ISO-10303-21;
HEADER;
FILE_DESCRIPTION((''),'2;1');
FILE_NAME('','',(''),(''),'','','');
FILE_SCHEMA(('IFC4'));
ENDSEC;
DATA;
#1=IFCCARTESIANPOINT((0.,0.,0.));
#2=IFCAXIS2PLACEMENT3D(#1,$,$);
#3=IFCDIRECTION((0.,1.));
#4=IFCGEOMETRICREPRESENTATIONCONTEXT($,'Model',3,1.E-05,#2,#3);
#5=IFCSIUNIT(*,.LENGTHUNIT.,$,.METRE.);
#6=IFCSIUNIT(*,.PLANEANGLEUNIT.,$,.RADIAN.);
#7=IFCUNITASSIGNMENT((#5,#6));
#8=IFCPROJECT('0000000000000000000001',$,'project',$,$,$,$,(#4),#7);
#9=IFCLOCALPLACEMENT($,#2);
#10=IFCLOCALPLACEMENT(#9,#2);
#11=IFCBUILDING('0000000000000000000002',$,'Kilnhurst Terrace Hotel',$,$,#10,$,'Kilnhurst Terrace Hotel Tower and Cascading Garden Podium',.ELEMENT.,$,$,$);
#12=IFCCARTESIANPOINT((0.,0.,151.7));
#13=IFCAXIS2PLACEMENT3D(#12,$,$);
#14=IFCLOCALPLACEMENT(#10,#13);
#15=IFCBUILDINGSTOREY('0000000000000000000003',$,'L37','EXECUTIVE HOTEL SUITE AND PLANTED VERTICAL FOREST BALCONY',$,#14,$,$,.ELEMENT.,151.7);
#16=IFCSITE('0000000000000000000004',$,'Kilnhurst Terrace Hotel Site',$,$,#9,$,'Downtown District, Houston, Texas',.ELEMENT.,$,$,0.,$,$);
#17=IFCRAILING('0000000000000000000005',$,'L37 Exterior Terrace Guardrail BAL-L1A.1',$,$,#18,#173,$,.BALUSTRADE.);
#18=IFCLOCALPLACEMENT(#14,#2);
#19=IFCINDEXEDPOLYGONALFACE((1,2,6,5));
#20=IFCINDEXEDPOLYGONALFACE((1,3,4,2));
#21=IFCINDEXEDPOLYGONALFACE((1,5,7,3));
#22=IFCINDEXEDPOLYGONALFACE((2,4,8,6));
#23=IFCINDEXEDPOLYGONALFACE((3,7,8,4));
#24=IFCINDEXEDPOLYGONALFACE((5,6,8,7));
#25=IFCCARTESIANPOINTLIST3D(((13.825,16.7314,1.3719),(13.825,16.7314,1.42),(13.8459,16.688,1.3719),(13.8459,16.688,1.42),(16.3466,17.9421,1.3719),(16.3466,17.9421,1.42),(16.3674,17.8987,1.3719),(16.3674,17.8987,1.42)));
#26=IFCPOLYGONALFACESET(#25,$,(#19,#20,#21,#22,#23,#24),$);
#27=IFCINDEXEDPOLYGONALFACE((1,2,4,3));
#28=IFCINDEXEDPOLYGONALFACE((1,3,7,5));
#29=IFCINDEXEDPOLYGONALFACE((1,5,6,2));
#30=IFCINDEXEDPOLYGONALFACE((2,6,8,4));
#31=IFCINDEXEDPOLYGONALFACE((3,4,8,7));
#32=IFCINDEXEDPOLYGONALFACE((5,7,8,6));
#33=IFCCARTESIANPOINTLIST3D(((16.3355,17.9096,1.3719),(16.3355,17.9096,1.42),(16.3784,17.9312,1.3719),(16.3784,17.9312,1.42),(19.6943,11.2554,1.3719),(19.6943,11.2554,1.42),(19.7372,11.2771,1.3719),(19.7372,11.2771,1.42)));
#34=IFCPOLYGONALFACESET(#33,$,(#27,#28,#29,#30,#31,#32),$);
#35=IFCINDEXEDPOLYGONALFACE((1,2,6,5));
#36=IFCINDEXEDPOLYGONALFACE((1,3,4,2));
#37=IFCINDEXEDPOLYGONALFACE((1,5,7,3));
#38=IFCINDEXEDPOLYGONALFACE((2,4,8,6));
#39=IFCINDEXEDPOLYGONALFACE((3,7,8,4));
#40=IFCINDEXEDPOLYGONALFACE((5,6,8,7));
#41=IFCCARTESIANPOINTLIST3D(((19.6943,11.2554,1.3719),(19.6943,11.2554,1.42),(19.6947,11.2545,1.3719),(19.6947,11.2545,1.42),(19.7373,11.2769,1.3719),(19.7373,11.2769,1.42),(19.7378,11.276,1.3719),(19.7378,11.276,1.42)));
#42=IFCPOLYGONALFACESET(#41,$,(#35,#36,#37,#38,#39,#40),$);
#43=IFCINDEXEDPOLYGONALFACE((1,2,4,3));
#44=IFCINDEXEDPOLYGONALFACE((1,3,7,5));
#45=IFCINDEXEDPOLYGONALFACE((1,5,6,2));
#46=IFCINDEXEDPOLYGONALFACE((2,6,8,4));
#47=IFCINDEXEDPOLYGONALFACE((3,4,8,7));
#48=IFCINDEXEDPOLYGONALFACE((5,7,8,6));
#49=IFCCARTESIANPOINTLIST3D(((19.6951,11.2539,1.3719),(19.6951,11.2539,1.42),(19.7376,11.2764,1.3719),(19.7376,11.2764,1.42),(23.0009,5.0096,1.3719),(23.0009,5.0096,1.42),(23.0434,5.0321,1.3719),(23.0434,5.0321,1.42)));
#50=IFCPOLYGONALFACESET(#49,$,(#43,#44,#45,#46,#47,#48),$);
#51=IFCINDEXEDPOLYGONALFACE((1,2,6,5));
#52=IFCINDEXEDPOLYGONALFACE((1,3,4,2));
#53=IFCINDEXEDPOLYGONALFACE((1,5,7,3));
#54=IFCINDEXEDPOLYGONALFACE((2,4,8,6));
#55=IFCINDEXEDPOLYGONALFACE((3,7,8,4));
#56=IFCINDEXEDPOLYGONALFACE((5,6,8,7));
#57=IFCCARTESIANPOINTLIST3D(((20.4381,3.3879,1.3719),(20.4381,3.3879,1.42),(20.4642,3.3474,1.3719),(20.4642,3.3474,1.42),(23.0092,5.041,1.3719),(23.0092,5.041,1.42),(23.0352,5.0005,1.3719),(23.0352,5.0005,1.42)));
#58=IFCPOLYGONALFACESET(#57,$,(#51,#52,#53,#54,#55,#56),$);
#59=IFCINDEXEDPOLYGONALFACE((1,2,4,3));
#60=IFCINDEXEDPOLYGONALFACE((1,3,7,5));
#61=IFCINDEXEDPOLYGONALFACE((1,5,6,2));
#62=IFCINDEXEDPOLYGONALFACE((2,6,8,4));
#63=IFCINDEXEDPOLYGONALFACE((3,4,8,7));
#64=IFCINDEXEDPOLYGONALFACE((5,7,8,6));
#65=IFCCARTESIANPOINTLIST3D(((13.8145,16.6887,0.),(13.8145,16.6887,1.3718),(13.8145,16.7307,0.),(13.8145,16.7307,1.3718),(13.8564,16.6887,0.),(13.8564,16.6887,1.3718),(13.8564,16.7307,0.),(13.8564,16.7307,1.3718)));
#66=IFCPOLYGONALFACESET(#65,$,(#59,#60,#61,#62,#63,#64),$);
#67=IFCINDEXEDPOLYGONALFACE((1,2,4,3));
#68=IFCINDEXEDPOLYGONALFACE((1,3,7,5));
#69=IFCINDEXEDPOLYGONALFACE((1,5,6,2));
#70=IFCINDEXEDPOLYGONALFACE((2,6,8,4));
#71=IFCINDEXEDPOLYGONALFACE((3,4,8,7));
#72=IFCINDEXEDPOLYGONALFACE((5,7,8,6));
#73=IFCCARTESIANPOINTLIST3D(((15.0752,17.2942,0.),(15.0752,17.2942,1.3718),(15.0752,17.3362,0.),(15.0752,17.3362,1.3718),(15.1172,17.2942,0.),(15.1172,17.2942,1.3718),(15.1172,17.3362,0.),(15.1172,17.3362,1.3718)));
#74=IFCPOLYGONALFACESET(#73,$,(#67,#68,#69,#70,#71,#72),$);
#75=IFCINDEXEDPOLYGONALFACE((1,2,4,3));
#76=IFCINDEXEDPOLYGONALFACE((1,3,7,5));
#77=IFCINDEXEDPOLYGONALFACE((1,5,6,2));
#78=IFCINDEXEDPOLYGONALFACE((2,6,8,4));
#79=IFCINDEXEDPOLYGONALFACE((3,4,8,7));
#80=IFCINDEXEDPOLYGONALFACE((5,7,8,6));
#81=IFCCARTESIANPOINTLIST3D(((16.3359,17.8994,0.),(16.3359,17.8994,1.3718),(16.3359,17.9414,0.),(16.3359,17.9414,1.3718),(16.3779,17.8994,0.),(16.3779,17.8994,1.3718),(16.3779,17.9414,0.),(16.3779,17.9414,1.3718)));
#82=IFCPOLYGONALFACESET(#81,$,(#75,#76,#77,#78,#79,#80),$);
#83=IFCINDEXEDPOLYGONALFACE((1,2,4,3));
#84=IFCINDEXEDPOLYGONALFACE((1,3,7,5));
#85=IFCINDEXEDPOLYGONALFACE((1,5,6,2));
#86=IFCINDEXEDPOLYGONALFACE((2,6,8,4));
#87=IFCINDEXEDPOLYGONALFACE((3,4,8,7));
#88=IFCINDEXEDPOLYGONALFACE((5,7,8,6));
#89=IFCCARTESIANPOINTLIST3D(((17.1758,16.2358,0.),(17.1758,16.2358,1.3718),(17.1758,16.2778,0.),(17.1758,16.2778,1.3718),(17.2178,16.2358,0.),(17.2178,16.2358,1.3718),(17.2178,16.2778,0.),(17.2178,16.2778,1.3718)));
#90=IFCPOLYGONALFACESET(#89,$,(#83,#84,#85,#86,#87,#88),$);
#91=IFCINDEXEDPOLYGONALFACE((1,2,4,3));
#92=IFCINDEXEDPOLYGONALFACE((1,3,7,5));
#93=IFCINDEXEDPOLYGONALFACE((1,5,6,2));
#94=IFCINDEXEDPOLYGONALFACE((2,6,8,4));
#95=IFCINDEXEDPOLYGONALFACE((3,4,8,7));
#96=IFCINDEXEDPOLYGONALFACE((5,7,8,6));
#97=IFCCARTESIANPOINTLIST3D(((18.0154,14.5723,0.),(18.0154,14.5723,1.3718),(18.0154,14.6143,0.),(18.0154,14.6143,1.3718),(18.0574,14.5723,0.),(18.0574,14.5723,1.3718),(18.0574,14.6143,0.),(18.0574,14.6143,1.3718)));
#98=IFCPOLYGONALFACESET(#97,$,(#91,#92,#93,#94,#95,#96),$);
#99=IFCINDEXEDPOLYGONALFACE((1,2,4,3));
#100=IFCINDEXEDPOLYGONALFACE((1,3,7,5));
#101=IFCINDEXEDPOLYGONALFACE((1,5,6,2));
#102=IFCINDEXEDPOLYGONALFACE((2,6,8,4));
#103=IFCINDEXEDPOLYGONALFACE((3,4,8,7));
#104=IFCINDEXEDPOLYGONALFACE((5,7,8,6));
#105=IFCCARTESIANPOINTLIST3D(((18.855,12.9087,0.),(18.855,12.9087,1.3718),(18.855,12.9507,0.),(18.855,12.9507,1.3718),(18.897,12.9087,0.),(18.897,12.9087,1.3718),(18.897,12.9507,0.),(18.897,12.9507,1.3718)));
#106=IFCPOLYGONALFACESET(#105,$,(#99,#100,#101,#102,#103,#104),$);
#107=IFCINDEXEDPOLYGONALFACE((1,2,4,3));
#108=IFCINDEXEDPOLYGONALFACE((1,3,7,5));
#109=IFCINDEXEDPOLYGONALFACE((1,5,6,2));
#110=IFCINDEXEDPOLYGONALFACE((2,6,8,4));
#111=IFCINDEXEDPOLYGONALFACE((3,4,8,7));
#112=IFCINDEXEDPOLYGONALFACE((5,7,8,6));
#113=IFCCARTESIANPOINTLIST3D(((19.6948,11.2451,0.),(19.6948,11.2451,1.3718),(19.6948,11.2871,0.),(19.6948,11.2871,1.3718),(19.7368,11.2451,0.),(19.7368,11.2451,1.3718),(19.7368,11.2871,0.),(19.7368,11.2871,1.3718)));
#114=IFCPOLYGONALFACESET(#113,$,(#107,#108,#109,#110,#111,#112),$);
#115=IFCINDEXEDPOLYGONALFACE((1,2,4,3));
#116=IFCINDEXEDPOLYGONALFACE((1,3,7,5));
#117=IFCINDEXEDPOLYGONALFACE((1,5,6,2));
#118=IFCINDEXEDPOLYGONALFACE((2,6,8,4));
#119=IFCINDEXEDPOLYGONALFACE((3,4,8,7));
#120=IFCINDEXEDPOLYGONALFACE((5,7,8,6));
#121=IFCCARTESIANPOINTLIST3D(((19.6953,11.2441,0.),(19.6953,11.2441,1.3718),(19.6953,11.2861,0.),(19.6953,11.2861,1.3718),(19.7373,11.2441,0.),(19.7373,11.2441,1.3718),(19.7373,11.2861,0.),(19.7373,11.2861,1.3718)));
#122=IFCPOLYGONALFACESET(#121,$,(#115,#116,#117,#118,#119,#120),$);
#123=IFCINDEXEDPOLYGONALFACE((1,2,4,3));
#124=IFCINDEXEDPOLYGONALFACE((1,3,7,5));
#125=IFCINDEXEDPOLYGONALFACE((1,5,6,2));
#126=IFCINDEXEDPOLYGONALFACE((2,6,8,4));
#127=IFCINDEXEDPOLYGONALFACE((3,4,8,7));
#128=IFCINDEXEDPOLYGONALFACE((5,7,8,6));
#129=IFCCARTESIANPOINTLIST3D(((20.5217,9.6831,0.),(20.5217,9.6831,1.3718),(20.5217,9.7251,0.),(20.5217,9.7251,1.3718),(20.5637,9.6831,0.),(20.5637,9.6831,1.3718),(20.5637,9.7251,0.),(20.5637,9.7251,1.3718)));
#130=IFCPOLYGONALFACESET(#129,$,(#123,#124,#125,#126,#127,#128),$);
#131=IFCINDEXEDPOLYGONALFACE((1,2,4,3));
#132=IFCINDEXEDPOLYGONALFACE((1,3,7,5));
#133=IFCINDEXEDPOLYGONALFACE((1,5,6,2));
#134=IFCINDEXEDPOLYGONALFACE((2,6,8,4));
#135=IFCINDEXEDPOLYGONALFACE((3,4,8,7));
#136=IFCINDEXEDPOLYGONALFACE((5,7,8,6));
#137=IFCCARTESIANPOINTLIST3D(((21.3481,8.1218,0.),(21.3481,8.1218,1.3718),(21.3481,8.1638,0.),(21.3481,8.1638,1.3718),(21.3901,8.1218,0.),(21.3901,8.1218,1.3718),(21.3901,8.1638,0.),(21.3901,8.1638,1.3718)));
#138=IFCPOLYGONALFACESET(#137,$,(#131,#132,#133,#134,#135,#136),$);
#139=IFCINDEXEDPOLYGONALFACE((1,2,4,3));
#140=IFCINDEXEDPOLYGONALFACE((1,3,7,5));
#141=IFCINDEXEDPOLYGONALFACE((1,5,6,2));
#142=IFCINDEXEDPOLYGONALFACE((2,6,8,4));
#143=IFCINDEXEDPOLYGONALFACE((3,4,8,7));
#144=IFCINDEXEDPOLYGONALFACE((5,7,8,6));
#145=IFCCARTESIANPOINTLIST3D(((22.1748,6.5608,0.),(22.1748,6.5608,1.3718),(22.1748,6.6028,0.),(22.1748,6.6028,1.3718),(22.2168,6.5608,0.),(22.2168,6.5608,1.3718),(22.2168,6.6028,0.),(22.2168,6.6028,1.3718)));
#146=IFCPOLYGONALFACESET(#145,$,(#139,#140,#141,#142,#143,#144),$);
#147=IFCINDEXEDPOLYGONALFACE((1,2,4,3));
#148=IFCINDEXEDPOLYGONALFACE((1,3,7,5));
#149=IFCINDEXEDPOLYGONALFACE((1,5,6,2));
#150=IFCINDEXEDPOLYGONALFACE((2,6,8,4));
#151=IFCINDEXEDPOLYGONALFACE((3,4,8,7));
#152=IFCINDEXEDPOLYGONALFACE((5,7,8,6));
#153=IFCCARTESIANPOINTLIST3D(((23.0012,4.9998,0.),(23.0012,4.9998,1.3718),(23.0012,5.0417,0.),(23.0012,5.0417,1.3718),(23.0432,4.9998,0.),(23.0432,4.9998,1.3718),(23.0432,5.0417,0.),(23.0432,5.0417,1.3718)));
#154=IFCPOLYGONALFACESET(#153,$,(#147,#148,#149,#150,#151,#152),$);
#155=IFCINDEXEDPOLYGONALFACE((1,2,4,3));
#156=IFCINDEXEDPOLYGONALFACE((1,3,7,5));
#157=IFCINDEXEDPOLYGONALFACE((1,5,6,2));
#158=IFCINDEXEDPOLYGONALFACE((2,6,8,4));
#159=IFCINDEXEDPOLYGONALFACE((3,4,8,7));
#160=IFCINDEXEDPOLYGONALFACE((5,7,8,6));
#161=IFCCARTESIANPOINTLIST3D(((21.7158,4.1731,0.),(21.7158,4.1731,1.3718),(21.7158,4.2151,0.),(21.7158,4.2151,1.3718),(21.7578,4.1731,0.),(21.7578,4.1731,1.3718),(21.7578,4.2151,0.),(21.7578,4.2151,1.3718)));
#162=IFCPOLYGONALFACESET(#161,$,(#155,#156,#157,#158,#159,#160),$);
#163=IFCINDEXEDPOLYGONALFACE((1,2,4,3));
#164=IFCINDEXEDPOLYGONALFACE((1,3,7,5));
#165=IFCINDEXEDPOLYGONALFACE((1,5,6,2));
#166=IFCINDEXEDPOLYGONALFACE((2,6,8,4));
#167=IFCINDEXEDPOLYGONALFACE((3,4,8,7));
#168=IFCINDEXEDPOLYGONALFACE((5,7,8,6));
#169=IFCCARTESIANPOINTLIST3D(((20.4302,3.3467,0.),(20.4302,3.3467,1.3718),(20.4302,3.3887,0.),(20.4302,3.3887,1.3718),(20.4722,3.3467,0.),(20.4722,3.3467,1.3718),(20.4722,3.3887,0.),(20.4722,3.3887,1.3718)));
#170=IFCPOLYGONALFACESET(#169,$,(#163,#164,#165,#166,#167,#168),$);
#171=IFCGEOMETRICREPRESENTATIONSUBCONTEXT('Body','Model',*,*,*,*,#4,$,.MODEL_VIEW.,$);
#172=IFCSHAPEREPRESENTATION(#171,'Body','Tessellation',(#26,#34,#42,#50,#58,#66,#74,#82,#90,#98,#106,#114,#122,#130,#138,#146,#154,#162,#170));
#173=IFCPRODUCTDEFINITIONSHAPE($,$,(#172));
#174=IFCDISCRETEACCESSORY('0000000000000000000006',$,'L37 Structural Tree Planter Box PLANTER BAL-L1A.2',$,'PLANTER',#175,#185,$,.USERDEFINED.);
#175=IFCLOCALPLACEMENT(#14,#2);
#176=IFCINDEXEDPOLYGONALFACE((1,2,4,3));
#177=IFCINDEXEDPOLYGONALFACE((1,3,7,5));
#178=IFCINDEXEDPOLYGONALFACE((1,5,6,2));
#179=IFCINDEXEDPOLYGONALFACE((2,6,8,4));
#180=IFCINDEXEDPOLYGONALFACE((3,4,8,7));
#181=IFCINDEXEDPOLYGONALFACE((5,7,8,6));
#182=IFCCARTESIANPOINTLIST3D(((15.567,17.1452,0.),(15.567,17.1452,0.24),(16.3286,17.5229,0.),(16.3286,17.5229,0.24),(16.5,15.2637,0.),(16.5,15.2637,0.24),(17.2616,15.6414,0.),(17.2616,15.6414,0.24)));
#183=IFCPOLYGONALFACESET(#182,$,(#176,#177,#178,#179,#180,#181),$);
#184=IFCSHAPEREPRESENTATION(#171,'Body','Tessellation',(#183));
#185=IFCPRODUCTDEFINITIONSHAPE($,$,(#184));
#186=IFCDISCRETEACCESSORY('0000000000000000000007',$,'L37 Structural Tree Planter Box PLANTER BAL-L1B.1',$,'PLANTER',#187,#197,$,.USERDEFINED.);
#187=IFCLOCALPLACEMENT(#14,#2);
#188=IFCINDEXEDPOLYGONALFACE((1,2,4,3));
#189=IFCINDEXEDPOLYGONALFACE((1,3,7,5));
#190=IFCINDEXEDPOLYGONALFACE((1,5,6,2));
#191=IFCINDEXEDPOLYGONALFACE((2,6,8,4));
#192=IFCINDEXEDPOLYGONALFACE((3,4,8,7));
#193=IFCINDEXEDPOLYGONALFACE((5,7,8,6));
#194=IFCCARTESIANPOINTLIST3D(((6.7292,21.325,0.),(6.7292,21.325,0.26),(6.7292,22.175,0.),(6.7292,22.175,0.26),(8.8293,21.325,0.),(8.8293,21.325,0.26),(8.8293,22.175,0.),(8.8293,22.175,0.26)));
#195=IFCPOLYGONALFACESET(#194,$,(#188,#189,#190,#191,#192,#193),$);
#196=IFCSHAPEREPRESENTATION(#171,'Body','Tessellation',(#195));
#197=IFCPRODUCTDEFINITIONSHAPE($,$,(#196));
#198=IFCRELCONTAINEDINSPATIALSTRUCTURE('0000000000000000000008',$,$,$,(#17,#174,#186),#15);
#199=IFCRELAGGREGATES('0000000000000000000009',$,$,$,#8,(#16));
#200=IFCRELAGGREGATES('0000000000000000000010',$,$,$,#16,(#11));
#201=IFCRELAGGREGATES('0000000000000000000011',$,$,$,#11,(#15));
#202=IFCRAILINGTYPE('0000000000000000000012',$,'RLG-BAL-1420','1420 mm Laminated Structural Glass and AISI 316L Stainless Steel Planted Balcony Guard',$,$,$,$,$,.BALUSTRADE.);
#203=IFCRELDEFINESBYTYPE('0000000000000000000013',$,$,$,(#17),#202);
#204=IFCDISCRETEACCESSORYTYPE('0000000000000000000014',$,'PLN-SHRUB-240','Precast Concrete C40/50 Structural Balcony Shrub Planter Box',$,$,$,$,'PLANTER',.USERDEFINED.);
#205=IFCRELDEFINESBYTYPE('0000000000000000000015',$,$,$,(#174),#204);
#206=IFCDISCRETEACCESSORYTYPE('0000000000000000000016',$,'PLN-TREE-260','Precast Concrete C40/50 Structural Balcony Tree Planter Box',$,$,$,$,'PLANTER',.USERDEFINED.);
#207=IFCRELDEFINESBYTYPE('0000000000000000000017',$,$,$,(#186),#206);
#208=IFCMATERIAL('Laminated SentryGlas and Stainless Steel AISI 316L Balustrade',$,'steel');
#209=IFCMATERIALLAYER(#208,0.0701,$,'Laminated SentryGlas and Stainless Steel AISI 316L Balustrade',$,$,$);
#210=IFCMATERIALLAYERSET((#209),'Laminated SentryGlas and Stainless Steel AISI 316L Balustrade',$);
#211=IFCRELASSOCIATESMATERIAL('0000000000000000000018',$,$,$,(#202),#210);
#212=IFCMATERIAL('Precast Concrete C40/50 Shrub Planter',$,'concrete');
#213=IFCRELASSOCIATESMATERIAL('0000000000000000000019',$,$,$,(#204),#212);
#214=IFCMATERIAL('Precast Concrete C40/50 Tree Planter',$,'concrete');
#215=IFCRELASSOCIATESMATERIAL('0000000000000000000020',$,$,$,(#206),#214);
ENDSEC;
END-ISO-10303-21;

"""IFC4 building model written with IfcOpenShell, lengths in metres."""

from ifc_helpers import new_model, si_unit, direction, frame, origin, origin_2d, place, context, subcontext, project, spatial, rectangle, extrude, material, layer, layer_set, type_object, element, save


model = new_model("IFC4")

# Units and contexts
model_context = context("Model", 3, precision=1e-05, world=origin(), true_north=direction((0.0, 1.0)))
body_context = subcontext(model_context, "Body", "Model", "MODEL_VIEW")
ifc_project = project(units=[si_unit("LENGTHUNIT", "METRE"), si_unit("PLANEANGLEUNIT", "RADIAN")], contexts=[model_context])

# Site, building, storey
site_placement = place(None, origin())
site = spatial("IfcSite", under=ifc_project, at=site_placement, Name="Kilnhurst Terrace Hotel Site", LongName="Downtown District, Houston, Texas", CompositionType="ELEMENT", RefElevation=0.0)
building_placement = place(site_placement, origin())
building = spatial("IfcBuilding", under=site, at=building_placement, Name="Kilnhurst Terrace Hotel", LongName="Kilnhurst Terrace Hotel Tower and Cascading Garden Podium", CompositionType="ELEMENT")
storey_placement = place(building_placement, frame((0.0, 0.0, 151.7)))
storey = spatial("IfcBuildingStorey", under=building, at=storey_placement, Name="L37", Description="EXECUTIVE HOTEL SUITE AND PLANTED VERTICAL FOREST BALCONY", CompositionType="ELEMENT", Elevation=151.7)

# Railing
ifc_material_1 = material(Name="Laminated SentryGlas and Stainless Steel AISI 316L Balustrade", Category="steel")
ifc_layer_1 = layer(ifc_material_1, 0.0701, Name="Laminated SentryGlas and Stainless Steel AISI 316L Balustrade")
ifc_layer_set_1 = layer_set([ifc_layer_1], Name="Laminated SentryGlas and Stainless Steel AISI 316L Balustrade")
railing_type = type_object("IfcRailingType", Name="RLG-BAL-1420", Description="1420 mm Laminated Structural Glass and AISI 316L Stainless Steel Planted Balcony Guard", PredefinedType="BALUSTRADE", material=ifc_layer_set_1)
railing_placement = place(storey_placement, frame((13.8354, 16.7097, 0.0)))
element("IfcRailing", 1, at=railing_placement, inside=storey, type_object=railing_type, Name="L37 Exterior Terrace Guardrail BAL-L1A.1", PredefinedType="BALUSTRADE", context=body_context, shape_type="SweptSolid", body=[
    extrude(rectangle(XDim=0.0481, YDim=0.0481, at=origin_2d()), frame((0.0, 0.0, 1.396), z_axis=(0.90147, 0.432842, 0.0), x_axis=(-0.432842, 0.90147, 0.0)), (0.0, 0.0, 1.0), 2.7971),
    extrude(rectangle(XDim=0.0481, YDim=0.0481, at=origin_2d()), frame((2.5215, 1.2107, 1.396), z_axis=(0.450617, -0.892718, 0.0), x_axis=(0.892718, 0.450617, 0.0)), (0.0, 0.0, 1.0), 7.4539),
    extrude(rectangle(XDim=0.0481, YDim=0.0481, at=origin_2d()), frame((5.8804, -5.4436, 1.396), z_axis=(0.447214, -0.894427, 0.0), x_axis=(0.894427, 0.447214, 0.0)), (0.0, 0.0, 1.0), 0.001),
    extrude(rectangle(XDim=0.0481, YDim=0.0481, at=origin_2d()), frame((5.8809, -5.4446, 1.396), z_axis=(0.467894, -0.883785, 0.0), x_axis=(0.883785, 0.467894, 0.0)), (0.0, 0.0, 1.0), 7.0654),
    extrude(rectangle(XDim=0.0481, YDim=0.0481, at=origin_2d()), frame((9.1868, -11.689, 1.396), z_axis=(-0.84114, -0.540818, 0.0), x_axis=(0.540818, -0.84114, 0.0)), (0.0, 0.0, 1.0), 3.0566),
    extrude(rectangle(XDim=0.042, YDim=0.042, at=origin_2d()), origin(), (0.0, 0.0, 1.0), 1.3718),
    extrude(rectangle(XDim=0.042, YDim=0.042, at=origin_2d()), frame((1.2607, 0.6055, 0.0)), (0.0, 0.0, 1.0), 1.3718),
    extrude(rectangle(XDim=0.042, YDim=0.042, at=origin_2d()), frame((2.5215, 1.2107, 0.0)), (0.0, 0.0, 1.0), 1.3718),
    extrude(rectangle(XDim=0.042, YDim=0.042, at=origin_2d()), frame((3.3613, -0.4529, 0.0)), (0.0, 0.0, 1.0), 1.3718),
    extrude(rectangle(XDim=0.042, YDim=0.042, at=origin_2d()), frame((4.2009, -2.1165, 0.0)), (0.0, 0.0, 1.0), 1.3718),
    extrude(rectangle(XDim=0.042, YDim=0.042, at=origin_2d()), frame((5.0405, -3.78, 0.0)), (0.0, 0.0, 1.0), 1.3718),
    extrude(rectangle(XDim=0.042, YDim=0.042, at=origin_2d()), frame((5.8804, -5.4436, 0.0)), (0.0, 0.0, 1.0), 1.3718),
    extrude(rectangle(XDim=0.042, YDim=0.042, at=origin_2d()), frame((5.8809, -5.4446, 0.0)), (0.0, 0.0, 1.0), 1.3718),
    extrude(rectangle(XDim=0.042, YDim=0.042, at=origin_2d()), frame((6.7073, -7.0056, 0.0)), (0.0, 0.0, 1.0), 1.3718),
    extrude(rectangle(XDim=0.042, YDim=0.042, at=origin_2d()), frame((7.5337, -8.5669, 0.0)), (0.0, 0.0, 1.0), 1.3718),
    extrude(rectangle(XDim=0.042, YDim=0.042, at=origin_2d()), frame((8.3604, -10.1279, 0.0)), (0.0, 0.0, 1.0), 1.3718),
    extrude(rectangle(XDim=0.042, YDim=0.042, at=origin_2d()), frame((9.1868, -11.689, 0.0)), (0.0, 0.0, 1.0), 1.3718),
    extrude(rectangle(XDim=0.042, YDim=0.042, at=origin_2d()), frame((7.9014, -12.5156, 0.0)), (0.0, 0.0, 1.0), 1.3718),
    extrude(rectangle(XDim=0.042, YDim=0.042, at=origin_2d()), frame((6.6157, -13.342, 0.0)), (0.0, 0.0, 1.0), 1.3718),
])

# Discrete accessories
ifc_material_2 = material(Name="Precast Concrete C40/50 Shrub Planter", Category="concrete")
discrete_accessory_type_1 = type_object("IfcDiscreteAccessoryType", Name="PLN-SHRUB-240", Description="Precast Concrete C40/50 Structural Balcony Shrub Planter Box", ElementType="PLANTER", PredefinedType="USERDEFINED", material=ifc_material_2)
discrete_accessory_1_placement = place(storey_placement, frame((16.4143, 16.3933, 0.0), z_axis=(0.0, 0.0, 1.0), x_axis=(-0.444244, 0.895906, 0.0)))
element("IfcDiscreteAccessory", 2, at=discrete_accessory_1_placement, inside=storey, type_object=discrete_accessory_type_1, Name="L37 Structural Tree Planter Box PLANTER BAL-L1A.2", ObjectType="PLANTER", PredefinedType="USERDEFINED", context=body_context, shape_type="SweptSolid", body=[
    extrude(rectangle(XDim=2.1001, YDim=0.8501, at=origin_2d()), origin(), (0.0, 0.0, 1.0), 0.24),
])
ifc_material_3 = material(Name="Precast Concrete C40/50 Tree Planter", Category="concrete")
discrete_accessory_type_2 = type_object("IfcDiscreteAccessoryType", Name="PLN-TREE-260", Description="Precast Concrete C40/50 Structural Balcony Tree Planter Box", ElementType="PLANTER", PredefinedType="USERDEFINED", material=ifc_material_3)
discrete_accessory_2_placement = place(storey_placement, frame((7.7793, 21.75, 0.0), z_axis=(0.0, 0.0, 1.0), x_axis=(-1.0, 0.0, 0.0)))
element("IfcDiscreteAccessory", 3, at=discrete_accessory_2_placement, inside=storey, type_object=discrete_accessory_type_2, Name="L37 Structural Tree Planter Box PLANTER BAL-L1B.1", ObjectType="PLANTER", PredefinedType="USERDEFINED", context=body_context, shape_type="SweptSolid", body=[
    extrude(rectangle(XDim=2.1001, YDim=0.8501, at=origin_2d()), origin(), (0.0, 0.0, 1.0), 0.26),
])

save(model, "model.ifc")
